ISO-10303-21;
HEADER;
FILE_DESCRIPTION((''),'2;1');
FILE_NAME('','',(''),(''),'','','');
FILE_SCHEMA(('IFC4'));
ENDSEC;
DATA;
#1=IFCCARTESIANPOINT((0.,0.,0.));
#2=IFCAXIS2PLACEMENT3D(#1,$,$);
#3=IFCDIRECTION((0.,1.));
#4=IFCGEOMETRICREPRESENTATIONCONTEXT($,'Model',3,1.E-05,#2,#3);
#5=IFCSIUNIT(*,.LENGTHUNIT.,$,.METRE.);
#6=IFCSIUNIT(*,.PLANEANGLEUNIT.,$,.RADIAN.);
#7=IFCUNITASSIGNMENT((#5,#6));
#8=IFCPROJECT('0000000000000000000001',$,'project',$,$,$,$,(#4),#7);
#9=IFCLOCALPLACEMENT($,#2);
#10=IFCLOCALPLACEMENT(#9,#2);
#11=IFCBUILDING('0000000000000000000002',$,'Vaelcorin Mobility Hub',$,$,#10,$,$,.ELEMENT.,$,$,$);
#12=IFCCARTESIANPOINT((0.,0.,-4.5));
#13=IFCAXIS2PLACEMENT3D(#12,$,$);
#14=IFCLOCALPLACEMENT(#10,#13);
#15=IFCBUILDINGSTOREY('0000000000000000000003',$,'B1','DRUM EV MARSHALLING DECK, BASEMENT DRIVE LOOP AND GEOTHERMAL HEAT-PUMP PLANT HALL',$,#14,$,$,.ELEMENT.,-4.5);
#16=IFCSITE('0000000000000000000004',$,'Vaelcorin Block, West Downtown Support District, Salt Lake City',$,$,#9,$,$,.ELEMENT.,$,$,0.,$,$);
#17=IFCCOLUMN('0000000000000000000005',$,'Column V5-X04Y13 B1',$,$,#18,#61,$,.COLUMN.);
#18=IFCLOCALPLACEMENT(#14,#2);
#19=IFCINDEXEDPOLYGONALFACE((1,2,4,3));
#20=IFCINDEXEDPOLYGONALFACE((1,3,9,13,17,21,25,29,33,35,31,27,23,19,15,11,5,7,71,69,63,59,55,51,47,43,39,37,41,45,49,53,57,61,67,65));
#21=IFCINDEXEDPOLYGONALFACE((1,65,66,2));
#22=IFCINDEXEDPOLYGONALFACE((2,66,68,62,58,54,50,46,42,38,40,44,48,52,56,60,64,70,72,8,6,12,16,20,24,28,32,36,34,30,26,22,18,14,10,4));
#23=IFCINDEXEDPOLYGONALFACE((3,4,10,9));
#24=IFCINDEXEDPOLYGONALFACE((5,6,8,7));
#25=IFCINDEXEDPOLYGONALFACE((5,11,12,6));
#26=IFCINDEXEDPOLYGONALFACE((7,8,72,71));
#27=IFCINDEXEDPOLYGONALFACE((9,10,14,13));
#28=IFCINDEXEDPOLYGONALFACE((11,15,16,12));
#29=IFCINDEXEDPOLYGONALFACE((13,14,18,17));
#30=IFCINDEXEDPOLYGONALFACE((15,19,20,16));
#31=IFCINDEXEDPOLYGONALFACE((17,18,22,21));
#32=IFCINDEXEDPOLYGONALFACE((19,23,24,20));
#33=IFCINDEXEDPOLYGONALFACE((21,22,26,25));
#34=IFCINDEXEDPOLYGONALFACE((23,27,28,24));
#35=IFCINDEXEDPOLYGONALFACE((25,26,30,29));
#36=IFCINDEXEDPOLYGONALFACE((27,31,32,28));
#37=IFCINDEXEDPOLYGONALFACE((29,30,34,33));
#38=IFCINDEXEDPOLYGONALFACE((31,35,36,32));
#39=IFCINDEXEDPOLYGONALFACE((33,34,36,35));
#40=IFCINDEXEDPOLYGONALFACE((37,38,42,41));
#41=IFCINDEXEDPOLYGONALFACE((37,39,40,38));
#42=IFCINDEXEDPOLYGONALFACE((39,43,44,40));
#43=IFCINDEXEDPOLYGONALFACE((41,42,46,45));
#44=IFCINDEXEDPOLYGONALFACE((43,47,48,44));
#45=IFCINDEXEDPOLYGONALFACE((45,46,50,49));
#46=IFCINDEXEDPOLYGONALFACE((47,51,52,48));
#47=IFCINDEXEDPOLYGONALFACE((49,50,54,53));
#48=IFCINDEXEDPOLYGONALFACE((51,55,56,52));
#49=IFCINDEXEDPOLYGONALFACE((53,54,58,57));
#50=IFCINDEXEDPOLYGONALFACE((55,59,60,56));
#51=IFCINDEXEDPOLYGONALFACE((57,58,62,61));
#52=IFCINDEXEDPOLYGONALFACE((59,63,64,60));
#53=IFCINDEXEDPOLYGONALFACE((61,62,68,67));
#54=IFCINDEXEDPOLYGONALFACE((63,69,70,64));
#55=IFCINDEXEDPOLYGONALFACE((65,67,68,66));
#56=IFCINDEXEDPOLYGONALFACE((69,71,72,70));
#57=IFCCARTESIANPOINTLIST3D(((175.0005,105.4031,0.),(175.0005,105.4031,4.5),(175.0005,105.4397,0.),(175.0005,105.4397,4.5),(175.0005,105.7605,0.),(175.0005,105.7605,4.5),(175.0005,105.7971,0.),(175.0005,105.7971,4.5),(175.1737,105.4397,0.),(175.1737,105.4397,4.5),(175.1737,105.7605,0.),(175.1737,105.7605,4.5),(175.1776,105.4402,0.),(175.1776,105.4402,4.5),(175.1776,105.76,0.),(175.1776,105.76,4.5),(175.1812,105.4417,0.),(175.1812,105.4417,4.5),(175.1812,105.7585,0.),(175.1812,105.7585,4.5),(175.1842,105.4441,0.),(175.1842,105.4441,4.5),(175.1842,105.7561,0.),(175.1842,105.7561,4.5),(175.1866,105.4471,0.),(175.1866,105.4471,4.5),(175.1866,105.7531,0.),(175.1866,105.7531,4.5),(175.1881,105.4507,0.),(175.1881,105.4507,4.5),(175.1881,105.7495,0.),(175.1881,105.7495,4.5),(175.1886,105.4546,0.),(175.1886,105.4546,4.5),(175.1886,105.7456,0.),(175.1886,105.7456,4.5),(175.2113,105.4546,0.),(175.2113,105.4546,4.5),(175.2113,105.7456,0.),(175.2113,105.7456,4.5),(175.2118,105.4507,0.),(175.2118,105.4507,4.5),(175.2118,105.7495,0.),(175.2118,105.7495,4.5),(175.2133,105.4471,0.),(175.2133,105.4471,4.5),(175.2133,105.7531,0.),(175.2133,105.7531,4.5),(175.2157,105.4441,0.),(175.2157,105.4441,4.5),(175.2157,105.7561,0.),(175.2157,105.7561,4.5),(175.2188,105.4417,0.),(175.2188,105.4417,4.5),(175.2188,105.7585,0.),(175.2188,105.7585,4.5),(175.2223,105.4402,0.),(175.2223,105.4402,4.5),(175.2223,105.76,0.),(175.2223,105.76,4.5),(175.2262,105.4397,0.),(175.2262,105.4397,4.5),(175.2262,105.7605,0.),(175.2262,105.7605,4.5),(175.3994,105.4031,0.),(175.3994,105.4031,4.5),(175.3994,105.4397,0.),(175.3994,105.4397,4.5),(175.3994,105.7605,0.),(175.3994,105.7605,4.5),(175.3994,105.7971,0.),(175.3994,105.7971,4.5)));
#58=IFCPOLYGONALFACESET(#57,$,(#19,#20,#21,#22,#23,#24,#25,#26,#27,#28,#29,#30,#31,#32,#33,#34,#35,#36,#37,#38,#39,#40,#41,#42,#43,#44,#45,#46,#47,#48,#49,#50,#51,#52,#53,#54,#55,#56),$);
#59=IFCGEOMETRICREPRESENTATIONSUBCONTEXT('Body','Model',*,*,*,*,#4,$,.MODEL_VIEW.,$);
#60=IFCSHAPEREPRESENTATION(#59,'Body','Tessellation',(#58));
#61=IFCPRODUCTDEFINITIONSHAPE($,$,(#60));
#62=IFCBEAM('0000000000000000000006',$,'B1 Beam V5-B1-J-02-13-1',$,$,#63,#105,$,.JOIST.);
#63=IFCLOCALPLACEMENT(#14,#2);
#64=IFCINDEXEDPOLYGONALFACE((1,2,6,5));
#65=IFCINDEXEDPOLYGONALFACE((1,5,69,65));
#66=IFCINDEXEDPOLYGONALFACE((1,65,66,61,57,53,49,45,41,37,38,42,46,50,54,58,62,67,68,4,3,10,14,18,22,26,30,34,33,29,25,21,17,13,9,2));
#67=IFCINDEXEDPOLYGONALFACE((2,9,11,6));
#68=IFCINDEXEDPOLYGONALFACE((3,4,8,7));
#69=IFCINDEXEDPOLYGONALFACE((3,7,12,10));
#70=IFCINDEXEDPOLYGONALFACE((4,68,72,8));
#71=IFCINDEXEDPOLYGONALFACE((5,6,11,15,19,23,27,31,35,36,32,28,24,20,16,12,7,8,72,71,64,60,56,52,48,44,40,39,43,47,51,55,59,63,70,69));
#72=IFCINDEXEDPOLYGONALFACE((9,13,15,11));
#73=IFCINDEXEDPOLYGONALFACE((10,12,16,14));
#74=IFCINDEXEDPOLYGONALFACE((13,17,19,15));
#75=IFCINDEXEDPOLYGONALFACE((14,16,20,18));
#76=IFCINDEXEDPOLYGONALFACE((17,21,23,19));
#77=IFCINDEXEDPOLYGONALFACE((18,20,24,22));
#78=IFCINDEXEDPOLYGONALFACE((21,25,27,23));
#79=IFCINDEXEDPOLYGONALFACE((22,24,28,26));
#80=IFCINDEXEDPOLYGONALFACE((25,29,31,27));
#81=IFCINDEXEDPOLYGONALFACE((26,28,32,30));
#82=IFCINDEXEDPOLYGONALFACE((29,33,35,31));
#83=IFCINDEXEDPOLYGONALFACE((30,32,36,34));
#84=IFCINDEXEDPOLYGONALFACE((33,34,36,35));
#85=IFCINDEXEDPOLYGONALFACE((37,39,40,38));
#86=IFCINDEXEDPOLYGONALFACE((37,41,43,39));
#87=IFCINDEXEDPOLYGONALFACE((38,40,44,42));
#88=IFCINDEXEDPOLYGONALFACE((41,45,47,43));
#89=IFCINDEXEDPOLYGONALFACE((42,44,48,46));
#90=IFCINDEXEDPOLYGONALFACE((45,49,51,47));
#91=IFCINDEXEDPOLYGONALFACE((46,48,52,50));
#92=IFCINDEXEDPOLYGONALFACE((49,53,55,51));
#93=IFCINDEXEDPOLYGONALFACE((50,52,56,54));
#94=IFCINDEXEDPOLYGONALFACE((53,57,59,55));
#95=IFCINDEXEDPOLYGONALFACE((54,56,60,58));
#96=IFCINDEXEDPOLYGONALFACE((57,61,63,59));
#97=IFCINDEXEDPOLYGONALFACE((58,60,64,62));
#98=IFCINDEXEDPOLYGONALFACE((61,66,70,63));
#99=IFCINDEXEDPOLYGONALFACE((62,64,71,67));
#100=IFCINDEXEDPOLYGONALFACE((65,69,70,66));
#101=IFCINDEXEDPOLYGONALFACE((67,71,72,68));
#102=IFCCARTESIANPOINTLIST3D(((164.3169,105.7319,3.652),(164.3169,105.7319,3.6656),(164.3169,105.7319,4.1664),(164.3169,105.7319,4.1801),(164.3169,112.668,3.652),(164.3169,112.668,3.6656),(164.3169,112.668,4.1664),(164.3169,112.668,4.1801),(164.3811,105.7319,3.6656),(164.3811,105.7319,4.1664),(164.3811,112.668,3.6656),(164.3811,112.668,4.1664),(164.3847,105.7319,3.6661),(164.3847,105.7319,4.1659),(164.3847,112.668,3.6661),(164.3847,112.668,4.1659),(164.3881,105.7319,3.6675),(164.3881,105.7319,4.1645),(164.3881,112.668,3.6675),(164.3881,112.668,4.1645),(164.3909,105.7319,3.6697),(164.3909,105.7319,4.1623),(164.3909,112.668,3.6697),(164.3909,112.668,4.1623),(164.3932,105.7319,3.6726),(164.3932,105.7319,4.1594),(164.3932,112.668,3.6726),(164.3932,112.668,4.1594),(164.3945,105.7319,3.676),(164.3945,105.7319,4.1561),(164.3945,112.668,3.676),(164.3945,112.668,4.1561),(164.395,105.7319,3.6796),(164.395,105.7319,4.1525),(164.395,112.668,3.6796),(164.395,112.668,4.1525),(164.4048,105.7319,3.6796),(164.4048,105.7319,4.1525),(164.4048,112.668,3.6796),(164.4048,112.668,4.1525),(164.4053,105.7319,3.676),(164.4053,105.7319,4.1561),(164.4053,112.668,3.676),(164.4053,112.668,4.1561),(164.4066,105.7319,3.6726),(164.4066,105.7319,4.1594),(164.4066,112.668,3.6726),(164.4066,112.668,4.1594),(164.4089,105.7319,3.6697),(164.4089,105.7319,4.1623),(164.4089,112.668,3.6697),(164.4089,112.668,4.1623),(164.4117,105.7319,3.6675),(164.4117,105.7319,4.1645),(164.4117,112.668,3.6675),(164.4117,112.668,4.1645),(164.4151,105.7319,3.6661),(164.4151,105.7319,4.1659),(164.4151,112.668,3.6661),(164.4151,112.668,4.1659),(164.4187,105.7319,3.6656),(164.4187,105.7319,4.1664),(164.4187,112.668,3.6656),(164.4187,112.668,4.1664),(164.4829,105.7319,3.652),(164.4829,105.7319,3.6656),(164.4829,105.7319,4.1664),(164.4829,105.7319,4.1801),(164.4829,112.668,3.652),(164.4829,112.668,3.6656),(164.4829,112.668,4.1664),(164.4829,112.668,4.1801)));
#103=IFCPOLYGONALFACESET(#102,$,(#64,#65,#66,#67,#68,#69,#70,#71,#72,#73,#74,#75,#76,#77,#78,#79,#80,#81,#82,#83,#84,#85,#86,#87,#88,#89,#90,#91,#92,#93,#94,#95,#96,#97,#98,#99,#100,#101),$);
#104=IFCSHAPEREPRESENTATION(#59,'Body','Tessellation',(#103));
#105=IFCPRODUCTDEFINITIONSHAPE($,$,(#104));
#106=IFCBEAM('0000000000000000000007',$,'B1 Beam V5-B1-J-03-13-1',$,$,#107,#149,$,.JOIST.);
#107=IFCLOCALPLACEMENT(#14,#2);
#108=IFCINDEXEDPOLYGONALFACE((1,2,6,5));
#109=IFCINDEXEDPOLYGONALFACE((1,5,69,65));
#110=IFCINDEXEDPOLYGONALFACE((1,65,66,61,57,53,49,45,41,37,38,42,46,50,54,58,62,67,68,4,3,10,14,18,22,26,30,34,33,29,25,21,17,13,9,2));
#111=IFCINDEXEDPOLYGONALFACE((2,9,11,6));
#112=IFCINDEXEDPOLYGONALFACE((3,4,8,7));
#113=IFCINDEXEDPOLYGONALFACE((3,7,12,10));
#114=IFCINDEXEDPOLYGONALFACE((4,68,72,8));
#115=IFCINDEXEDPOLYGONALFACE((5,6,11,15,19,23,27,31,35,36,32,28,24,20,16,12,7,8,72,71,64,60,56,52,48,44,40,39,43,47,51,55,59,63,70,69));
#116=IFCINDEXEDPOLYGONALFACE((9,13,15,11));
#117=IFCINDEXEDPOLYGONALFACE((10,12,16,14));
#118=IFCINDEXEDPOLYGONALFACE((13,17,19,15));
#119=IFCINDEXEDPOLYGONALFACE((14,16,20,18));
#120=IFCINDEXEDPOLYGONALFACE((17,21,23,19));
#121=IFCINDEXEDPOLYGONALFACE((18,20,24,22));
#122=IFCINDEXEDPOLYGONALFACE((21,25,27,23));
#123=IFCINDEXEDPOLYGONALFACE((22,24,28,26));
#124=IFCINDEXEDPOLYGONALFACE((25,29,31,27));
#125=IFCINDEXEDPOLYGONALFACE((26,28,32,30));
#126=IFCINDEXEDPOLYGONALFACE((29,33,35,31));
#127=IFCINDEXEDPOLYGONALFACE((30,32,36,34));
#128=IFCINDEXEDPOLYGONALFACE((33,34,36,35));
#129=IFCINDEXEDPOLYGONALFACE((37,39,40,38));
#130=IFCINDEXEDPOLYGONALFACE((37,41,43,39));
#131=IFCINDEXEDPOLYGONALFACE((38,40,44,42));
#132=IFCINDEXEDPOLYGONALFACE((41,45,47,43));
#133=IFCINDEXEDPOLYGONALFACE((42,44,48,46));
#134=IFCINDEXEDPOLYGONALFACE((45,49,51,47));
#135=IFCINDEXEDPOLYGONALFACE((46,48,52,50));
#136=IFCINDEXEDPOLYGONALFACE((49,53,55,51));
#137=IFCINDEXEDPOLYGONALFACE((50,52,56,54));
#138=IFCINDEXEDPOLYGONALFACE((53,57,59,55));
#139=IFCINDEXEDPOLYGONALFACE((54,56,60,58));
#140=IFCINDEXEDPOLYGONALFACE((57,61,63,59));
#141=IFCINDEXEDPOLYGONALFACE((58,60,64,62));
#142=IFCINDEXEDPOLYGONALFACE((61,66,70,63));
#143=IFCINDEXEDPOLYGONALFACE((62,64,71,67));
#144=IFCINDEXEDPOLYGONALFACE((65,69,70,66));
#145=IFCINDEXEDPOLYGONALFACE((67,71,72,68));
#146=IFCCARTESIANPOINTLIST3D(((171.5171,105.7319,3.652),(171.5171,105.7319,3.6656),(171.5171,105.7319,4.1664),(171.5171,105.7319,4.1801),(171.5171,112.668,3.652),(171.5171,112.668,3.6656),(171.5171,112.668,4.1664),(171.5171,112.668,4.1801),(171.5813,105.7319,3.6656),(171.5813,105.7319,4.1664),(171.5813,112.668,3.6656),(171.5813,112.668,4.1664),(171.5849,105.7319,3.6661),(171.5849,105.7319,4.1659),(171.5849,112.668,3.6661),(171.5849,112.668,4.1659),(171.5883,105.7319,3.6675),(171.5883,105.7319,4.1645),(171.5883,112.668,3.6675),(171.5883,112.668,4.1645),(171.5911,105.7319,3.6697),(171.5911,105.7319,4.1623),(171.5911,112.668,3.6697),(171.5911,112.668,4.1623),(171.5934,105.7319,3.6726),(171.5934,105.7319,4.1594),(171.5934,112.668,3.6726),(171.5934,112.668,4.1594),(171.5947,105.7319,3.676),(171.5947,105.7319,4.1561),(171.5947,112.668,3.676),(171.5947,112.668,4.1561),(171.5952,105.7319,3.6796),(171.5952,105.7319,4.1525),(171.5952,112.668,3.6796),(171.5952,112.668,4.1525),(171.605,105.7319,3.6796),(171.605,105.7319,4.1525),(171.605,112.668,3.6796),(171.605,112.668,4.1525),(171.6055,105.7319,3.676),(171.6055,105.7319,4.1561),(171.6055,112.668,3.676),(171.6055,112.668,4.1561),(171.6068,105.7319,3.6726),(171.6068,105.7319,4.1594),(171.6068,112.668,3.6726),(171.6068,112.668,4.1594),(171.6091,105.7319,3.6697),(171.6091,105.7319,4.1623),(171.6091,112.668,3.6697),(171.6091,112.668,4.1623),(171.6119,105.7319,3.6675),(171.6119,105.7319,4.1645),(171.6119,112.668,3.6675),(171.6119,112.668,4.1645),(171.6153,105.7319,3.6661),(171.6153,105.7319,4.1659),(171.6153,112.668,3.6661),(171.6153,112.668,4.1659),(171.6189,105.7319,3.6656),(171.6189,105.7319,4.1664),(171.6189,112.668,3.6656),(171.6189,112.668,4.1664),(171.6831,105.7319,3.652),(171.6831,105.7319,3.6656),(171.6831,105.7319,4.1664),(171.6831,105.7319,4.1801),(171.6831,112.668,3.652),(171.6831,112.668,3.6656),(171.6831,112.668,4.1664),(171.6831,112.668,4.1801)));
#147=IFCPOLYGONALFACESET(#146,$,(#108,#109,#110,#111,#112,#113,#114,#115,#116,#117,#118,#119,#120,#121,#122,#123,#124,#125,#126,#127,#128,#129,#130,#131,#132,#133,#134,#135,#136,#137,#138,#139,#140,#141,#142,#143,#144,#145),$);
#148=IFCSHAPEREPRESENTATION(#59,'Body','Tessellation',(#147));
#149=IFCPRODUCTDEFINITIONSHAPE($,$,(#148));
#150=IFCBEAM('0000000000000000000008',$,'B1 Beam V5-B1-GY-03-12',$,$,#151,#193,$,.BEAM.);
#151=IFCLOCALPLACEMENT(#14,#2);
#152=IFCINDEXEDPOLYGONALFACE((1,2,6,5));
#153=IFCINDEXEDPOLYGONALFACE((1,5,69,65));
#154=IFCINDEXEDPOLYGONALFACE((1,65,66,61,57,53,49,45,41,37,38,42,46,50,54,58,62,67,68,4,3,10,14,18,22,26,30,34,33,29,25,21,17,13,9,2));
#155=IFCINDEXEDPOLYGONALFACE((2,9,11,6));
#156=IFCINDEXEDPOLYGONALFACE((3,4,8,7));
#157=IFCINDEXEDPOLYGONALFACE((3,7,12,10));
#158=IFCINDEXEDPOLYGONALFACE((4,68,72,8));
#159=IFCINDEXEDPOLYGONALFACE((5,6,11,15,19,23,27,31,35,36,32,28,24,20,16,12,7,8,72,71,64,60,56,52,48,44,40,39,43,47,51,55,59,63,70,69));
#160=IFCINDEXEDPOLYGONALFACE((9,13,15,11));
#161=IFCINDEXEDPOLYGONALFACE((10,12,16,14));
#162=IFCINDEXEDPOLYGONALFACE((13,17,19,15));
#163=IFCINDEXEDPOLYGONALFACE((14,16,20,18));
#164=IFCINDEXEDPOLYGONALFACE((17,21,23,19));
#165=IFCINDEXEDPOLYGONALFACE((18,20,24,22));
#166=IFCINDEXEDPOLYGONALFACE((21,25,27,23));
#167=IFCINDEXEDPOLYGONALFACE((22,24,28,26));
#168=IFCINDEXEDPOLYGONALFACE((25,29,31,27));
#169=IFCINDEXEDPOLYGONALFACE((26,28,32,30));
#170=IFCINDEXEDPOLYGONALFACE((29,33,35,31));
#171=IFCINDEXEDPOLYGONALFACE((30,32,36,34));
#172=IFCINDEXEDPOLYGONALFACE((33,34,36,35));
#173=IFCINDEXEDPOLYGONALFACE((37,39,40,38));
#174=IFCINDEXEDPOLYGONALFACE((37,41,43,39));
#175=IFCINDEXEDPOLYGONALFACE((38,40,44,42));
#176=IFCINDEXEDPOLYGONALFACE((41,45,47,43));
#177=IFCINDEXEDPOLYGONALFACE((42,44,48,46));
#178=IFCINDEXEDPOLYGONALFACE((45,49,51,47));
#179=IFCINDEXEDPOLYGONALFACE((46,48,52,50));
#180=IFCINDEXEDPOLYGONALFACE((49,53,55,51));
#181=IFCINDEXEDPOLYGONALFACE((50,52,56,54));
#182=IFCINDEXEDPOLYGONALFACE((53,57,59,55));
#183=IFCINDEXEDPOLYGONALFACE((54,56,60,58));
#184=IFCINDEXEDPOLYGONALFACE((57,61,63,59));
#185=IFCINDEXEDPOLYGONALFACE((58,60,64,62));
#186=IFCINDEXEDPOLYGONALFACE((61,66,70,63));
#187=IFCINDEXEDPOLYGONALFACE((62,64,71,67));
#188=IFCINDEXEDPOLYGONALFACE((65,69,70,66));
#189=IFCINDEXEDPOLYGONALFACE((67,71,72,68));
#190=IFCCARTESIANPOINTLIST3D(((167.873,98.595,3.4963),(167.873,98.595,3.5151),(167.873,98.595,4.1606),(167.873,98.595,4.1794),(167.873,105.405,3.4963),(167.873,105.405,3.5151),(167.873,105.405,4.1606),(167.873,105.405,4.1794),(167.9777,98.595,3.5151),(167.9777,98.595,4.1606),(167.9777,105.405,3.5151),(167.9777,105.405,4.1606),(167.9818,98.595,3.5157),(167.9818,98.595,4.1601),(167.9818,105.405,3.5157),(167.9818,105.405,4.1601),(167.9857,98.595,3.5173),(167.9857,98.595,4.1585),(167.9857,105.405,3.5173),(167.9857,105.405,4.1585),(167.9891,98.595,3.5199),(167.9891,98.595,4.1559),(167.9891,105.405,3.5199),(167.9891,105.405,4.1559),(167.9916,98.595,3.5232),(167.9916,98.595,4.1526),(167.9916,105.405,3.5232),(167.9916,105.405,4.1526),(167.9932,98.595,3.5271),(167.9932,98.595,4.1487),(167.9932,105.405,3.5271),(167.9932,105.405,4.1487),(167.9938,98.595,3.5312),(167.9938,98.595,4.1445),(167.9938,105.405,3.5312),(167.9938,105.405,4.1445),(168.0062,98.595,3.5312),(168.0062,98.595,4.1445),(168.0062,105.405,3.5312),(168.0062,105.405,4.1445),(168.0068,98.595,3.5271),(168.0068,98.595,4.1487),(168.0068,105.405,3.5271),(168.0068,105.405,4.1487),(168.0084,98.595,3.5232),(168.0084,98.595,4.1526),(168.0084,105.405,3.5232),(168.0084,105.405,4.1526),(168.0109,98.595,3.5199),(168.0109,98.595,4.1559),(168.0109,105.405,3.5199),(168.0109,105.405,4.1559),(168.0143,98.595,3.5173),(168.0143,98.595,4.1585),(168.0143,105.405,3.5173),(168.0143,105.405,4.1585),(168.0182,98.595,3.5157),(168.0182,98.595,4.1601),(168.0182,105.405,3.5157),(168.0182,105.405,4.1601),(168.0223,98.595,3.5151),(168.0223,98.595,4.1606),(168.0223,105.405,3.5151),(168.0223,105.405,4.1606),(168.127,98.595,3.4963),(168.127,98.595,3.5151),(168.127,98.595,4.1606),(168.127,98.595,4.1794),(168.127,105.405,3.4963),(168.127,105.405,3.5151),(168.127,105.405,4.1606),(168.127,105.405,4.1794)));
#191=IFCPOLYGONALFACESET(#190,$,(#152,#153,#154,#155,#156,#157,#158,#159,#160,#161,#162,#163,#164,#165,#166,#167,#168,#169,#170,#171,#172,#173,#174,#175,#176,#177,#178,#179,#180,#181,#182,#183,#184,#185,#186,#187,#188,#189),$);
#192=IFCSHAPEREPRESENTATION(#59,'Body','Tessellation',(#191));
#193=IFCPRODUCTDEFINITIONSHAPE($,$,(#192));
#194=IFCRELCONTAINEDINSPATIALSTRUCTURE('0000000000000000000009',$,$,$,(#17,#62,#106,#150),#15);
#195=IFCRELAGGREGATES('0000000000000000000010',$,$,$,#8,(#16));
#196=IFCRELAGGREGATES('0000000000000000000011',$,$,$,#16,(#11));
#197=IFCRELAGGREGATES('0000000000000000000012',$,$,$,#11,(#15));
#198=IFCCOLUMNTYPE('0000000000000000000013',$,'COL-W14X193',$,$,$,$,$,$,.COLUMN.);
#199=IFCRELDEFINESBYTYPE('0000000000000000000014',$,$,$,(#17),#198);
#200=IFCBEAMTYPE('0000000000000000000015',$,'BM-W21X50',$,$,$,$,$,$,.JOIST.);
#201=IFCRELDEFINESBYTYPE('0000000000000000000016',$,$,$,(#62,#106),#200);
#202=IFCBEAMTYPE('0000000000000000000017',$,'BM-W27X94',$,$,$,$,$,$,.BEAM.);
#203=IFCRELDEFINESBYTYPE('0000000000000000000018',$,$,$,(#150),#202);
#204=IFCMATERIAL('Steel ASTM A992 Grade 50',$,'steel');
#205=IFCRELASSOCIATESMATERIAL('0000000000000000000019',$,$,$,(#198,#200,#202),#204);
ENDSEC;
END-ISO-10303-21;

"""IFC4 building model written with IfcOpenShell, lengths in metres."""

from ifc_helpers import new_model, si_unit, direction, frame, origin, origin_2d, place, context, subcontext, project, spatial, i_section, extrude, material, material_profile, profile_set, type_object, element, save


model = new_model("IFC4")

# Units and contexts
model_context = context("Model", 3, precision=1e-05, world=origin(), true_north=direction((0.0, 1.0)))
body_context = subcontext(model_context, "Body", "Model", "MODEL_VIEW")
ifc_project = project(units=[si_unit("LENGTHUNIT", "METRE"), si_unit("PLANEANGLEUNIT", "RADIAN")], contexts=[model_context])

# Site, building, storey
site_placement = place(None, origin())
site = spatial("IfcSite", under=ifc_project, at=site_placement, Name="Vaelcorin Block, West Downtown Support District, Salt Lake City", CompositionType="ELEMENT", RefElevation=0.0)
building_placement = place(site_placement, origin())
building = spatial("IfcBuilding", under=site, at=building_placement, Name="Vaelcorin Mobility Hub", CompositionType="ELEMENT")
storey_placement = place(building_placement, frame((0.0, 0.0, -4.5)))
storey = spatial("IfcBuildingStorey", under=building, at=storey_placement, Name="B1", Description="DRUM EV MARSHALLING DECK, BASEMENT DRIVE LOOP AND GEOTHERMAL HEAT-PUMP PLANT HALL", CompositionType="ELEMENT", Elevation=-4.5)

# Column
ifc_material_1 = material(Name="Steel ASTM A992 Grade 50", Category="steel")
ifc_material_profile_1 = material_profile(ifc_material_1, i_section(OverallWidth=0.3989, OverallDepth=0.394, WebThickness=0.0227, FlangeThickness=0.0366, FilletRadius=0.0149, at=origin_2d()), Name="W14X193")
ifc_profile_set_1 = profile_set([ifc_material_profile_1], Name="Steel ASTM A992 Grade 50")
column_type = type_object("IfcColumnType", Name="COL-W14X193", PredefinedType="COLUMN", material=ifc_profile_set_1)
for number, where, z_axis, x_axis, name in (
    (1, (175.2, 105.6001, 0.0), (0.0, 0.0, 1.0), (1.0, 0.0, 0.0), "Column V5-X04Y13 B1"),
):
    element("IfcColumn", number, at=place(storey_placement, frame(where, z_axis=z_axis, x_axis=x_axis)), inside=storey, type_object=column_type, Name=name, PredefinedType="COLUMN", context=body_context, shape_type="SweptSolid", body=[
        extrude(i_section(OverallWidth=0.3989, OverallDepth=0.394, WebThickness=0.0227, FlangeThickness=0.0366, FilletRadius=0.0149, at=origin_2d()), origin(), (0.0, 0.0, 1.0), 4.5),
    ])

# Beams
ifc_material_profile_2 = material_profile(ifc_material_1, i_section(OverallWidth=0.166, OverallDepth=0.5281, WebThickness=0.0098, FlangeThickness=0.0137, FilletRadius=0.0139, at=origin_2d()), Name="W21X50")
ifc_profile_set_2 = profile_set([ifc_material_profile_2], Name="Steel ASTM A992 Grade 50")
beam_type_1 = type_object("IfcBeamType", Name="BM-W21X50", PredefinedType="JOIST", material=ifc_profile_set_2)
for number, where, z_axis, x_axis, name in (
    (2, (164.3999, 105.7319, 3.916), (0.0, 1.0, 0.0), (-1.0, 0.0, 0.0), "B1 Beam V5-B1-J-02-13-1"),
    (3, (171.6001, 105.7319, 3.916), (0.0, 1.0, 0.0), (-1.0, 0.0, 0.0), "B1 Beam V5-B1-J-03-13-1"),
):
    element("IfcBeam", number, at=place(storey_placement, frame(where, z_axis=z_axis, x_axis=x_axis)), inside=storey, type_object=beam_type_1, Name=name, PredefinedType="JOIST", context=body_context, shape_type="SweptSolid", body=[
        extrude(i_section(OverallWidth=0.166, OverallDepth=0.5281, WebThickness=0.0098, FlangeThickness=0.0137, FilletRadius=0.0139, at=origin_2d()), origin(), (0.0, 0.0, 1.0), 6.936),
    ])
ifc_material_profile_3 = material_profile(ifc_material_1, i_section(OverallWidth=0.2539, OverallDepth=0.6831, WebThickness=0.0125, FlangeThickness=0.0188, FilletRadius=0.0161, at=origin_2d()), Name="W27X94")
ifc_profile_set_3 = profile_set([ifc_material_profile_3], Name="Steel ASTM A992 Grade 50")
beam_type_2 = type_object("IfcBeamType", Name="BM-W27X94", PredefinedType="BEAM", material=ifc_profile_set_3)
for number, where, z_axis, x_axis, name in (
    (4, (168.0, 98.595, 3.8379), (0.0, 1.0, 0.0), (-1.0, 0.0, 0.0), "B1 Beam V5-B1-GY-03-12"),
):
    element("IfcBeam", number, at=place(storey_placement, frame(where, z_axis=z_axis, x_axis=x_axis)), inside=storey, type_object=beam_type_2, Name=name, PredefinedType="BEAM", context=body_context, shape_type="SweptSolid", body=[
        extrude(i_section(OverallWidth=0.2539, OverallDepth=0.6831, WebThickness=0.0125, FlangeThickness=0.0188, FilletRadius=0.0161, at=origin_2d()), origin(), (0.0, 0.0, 1.0), 6.8101),
    ])

save(model, "model.ifc")
